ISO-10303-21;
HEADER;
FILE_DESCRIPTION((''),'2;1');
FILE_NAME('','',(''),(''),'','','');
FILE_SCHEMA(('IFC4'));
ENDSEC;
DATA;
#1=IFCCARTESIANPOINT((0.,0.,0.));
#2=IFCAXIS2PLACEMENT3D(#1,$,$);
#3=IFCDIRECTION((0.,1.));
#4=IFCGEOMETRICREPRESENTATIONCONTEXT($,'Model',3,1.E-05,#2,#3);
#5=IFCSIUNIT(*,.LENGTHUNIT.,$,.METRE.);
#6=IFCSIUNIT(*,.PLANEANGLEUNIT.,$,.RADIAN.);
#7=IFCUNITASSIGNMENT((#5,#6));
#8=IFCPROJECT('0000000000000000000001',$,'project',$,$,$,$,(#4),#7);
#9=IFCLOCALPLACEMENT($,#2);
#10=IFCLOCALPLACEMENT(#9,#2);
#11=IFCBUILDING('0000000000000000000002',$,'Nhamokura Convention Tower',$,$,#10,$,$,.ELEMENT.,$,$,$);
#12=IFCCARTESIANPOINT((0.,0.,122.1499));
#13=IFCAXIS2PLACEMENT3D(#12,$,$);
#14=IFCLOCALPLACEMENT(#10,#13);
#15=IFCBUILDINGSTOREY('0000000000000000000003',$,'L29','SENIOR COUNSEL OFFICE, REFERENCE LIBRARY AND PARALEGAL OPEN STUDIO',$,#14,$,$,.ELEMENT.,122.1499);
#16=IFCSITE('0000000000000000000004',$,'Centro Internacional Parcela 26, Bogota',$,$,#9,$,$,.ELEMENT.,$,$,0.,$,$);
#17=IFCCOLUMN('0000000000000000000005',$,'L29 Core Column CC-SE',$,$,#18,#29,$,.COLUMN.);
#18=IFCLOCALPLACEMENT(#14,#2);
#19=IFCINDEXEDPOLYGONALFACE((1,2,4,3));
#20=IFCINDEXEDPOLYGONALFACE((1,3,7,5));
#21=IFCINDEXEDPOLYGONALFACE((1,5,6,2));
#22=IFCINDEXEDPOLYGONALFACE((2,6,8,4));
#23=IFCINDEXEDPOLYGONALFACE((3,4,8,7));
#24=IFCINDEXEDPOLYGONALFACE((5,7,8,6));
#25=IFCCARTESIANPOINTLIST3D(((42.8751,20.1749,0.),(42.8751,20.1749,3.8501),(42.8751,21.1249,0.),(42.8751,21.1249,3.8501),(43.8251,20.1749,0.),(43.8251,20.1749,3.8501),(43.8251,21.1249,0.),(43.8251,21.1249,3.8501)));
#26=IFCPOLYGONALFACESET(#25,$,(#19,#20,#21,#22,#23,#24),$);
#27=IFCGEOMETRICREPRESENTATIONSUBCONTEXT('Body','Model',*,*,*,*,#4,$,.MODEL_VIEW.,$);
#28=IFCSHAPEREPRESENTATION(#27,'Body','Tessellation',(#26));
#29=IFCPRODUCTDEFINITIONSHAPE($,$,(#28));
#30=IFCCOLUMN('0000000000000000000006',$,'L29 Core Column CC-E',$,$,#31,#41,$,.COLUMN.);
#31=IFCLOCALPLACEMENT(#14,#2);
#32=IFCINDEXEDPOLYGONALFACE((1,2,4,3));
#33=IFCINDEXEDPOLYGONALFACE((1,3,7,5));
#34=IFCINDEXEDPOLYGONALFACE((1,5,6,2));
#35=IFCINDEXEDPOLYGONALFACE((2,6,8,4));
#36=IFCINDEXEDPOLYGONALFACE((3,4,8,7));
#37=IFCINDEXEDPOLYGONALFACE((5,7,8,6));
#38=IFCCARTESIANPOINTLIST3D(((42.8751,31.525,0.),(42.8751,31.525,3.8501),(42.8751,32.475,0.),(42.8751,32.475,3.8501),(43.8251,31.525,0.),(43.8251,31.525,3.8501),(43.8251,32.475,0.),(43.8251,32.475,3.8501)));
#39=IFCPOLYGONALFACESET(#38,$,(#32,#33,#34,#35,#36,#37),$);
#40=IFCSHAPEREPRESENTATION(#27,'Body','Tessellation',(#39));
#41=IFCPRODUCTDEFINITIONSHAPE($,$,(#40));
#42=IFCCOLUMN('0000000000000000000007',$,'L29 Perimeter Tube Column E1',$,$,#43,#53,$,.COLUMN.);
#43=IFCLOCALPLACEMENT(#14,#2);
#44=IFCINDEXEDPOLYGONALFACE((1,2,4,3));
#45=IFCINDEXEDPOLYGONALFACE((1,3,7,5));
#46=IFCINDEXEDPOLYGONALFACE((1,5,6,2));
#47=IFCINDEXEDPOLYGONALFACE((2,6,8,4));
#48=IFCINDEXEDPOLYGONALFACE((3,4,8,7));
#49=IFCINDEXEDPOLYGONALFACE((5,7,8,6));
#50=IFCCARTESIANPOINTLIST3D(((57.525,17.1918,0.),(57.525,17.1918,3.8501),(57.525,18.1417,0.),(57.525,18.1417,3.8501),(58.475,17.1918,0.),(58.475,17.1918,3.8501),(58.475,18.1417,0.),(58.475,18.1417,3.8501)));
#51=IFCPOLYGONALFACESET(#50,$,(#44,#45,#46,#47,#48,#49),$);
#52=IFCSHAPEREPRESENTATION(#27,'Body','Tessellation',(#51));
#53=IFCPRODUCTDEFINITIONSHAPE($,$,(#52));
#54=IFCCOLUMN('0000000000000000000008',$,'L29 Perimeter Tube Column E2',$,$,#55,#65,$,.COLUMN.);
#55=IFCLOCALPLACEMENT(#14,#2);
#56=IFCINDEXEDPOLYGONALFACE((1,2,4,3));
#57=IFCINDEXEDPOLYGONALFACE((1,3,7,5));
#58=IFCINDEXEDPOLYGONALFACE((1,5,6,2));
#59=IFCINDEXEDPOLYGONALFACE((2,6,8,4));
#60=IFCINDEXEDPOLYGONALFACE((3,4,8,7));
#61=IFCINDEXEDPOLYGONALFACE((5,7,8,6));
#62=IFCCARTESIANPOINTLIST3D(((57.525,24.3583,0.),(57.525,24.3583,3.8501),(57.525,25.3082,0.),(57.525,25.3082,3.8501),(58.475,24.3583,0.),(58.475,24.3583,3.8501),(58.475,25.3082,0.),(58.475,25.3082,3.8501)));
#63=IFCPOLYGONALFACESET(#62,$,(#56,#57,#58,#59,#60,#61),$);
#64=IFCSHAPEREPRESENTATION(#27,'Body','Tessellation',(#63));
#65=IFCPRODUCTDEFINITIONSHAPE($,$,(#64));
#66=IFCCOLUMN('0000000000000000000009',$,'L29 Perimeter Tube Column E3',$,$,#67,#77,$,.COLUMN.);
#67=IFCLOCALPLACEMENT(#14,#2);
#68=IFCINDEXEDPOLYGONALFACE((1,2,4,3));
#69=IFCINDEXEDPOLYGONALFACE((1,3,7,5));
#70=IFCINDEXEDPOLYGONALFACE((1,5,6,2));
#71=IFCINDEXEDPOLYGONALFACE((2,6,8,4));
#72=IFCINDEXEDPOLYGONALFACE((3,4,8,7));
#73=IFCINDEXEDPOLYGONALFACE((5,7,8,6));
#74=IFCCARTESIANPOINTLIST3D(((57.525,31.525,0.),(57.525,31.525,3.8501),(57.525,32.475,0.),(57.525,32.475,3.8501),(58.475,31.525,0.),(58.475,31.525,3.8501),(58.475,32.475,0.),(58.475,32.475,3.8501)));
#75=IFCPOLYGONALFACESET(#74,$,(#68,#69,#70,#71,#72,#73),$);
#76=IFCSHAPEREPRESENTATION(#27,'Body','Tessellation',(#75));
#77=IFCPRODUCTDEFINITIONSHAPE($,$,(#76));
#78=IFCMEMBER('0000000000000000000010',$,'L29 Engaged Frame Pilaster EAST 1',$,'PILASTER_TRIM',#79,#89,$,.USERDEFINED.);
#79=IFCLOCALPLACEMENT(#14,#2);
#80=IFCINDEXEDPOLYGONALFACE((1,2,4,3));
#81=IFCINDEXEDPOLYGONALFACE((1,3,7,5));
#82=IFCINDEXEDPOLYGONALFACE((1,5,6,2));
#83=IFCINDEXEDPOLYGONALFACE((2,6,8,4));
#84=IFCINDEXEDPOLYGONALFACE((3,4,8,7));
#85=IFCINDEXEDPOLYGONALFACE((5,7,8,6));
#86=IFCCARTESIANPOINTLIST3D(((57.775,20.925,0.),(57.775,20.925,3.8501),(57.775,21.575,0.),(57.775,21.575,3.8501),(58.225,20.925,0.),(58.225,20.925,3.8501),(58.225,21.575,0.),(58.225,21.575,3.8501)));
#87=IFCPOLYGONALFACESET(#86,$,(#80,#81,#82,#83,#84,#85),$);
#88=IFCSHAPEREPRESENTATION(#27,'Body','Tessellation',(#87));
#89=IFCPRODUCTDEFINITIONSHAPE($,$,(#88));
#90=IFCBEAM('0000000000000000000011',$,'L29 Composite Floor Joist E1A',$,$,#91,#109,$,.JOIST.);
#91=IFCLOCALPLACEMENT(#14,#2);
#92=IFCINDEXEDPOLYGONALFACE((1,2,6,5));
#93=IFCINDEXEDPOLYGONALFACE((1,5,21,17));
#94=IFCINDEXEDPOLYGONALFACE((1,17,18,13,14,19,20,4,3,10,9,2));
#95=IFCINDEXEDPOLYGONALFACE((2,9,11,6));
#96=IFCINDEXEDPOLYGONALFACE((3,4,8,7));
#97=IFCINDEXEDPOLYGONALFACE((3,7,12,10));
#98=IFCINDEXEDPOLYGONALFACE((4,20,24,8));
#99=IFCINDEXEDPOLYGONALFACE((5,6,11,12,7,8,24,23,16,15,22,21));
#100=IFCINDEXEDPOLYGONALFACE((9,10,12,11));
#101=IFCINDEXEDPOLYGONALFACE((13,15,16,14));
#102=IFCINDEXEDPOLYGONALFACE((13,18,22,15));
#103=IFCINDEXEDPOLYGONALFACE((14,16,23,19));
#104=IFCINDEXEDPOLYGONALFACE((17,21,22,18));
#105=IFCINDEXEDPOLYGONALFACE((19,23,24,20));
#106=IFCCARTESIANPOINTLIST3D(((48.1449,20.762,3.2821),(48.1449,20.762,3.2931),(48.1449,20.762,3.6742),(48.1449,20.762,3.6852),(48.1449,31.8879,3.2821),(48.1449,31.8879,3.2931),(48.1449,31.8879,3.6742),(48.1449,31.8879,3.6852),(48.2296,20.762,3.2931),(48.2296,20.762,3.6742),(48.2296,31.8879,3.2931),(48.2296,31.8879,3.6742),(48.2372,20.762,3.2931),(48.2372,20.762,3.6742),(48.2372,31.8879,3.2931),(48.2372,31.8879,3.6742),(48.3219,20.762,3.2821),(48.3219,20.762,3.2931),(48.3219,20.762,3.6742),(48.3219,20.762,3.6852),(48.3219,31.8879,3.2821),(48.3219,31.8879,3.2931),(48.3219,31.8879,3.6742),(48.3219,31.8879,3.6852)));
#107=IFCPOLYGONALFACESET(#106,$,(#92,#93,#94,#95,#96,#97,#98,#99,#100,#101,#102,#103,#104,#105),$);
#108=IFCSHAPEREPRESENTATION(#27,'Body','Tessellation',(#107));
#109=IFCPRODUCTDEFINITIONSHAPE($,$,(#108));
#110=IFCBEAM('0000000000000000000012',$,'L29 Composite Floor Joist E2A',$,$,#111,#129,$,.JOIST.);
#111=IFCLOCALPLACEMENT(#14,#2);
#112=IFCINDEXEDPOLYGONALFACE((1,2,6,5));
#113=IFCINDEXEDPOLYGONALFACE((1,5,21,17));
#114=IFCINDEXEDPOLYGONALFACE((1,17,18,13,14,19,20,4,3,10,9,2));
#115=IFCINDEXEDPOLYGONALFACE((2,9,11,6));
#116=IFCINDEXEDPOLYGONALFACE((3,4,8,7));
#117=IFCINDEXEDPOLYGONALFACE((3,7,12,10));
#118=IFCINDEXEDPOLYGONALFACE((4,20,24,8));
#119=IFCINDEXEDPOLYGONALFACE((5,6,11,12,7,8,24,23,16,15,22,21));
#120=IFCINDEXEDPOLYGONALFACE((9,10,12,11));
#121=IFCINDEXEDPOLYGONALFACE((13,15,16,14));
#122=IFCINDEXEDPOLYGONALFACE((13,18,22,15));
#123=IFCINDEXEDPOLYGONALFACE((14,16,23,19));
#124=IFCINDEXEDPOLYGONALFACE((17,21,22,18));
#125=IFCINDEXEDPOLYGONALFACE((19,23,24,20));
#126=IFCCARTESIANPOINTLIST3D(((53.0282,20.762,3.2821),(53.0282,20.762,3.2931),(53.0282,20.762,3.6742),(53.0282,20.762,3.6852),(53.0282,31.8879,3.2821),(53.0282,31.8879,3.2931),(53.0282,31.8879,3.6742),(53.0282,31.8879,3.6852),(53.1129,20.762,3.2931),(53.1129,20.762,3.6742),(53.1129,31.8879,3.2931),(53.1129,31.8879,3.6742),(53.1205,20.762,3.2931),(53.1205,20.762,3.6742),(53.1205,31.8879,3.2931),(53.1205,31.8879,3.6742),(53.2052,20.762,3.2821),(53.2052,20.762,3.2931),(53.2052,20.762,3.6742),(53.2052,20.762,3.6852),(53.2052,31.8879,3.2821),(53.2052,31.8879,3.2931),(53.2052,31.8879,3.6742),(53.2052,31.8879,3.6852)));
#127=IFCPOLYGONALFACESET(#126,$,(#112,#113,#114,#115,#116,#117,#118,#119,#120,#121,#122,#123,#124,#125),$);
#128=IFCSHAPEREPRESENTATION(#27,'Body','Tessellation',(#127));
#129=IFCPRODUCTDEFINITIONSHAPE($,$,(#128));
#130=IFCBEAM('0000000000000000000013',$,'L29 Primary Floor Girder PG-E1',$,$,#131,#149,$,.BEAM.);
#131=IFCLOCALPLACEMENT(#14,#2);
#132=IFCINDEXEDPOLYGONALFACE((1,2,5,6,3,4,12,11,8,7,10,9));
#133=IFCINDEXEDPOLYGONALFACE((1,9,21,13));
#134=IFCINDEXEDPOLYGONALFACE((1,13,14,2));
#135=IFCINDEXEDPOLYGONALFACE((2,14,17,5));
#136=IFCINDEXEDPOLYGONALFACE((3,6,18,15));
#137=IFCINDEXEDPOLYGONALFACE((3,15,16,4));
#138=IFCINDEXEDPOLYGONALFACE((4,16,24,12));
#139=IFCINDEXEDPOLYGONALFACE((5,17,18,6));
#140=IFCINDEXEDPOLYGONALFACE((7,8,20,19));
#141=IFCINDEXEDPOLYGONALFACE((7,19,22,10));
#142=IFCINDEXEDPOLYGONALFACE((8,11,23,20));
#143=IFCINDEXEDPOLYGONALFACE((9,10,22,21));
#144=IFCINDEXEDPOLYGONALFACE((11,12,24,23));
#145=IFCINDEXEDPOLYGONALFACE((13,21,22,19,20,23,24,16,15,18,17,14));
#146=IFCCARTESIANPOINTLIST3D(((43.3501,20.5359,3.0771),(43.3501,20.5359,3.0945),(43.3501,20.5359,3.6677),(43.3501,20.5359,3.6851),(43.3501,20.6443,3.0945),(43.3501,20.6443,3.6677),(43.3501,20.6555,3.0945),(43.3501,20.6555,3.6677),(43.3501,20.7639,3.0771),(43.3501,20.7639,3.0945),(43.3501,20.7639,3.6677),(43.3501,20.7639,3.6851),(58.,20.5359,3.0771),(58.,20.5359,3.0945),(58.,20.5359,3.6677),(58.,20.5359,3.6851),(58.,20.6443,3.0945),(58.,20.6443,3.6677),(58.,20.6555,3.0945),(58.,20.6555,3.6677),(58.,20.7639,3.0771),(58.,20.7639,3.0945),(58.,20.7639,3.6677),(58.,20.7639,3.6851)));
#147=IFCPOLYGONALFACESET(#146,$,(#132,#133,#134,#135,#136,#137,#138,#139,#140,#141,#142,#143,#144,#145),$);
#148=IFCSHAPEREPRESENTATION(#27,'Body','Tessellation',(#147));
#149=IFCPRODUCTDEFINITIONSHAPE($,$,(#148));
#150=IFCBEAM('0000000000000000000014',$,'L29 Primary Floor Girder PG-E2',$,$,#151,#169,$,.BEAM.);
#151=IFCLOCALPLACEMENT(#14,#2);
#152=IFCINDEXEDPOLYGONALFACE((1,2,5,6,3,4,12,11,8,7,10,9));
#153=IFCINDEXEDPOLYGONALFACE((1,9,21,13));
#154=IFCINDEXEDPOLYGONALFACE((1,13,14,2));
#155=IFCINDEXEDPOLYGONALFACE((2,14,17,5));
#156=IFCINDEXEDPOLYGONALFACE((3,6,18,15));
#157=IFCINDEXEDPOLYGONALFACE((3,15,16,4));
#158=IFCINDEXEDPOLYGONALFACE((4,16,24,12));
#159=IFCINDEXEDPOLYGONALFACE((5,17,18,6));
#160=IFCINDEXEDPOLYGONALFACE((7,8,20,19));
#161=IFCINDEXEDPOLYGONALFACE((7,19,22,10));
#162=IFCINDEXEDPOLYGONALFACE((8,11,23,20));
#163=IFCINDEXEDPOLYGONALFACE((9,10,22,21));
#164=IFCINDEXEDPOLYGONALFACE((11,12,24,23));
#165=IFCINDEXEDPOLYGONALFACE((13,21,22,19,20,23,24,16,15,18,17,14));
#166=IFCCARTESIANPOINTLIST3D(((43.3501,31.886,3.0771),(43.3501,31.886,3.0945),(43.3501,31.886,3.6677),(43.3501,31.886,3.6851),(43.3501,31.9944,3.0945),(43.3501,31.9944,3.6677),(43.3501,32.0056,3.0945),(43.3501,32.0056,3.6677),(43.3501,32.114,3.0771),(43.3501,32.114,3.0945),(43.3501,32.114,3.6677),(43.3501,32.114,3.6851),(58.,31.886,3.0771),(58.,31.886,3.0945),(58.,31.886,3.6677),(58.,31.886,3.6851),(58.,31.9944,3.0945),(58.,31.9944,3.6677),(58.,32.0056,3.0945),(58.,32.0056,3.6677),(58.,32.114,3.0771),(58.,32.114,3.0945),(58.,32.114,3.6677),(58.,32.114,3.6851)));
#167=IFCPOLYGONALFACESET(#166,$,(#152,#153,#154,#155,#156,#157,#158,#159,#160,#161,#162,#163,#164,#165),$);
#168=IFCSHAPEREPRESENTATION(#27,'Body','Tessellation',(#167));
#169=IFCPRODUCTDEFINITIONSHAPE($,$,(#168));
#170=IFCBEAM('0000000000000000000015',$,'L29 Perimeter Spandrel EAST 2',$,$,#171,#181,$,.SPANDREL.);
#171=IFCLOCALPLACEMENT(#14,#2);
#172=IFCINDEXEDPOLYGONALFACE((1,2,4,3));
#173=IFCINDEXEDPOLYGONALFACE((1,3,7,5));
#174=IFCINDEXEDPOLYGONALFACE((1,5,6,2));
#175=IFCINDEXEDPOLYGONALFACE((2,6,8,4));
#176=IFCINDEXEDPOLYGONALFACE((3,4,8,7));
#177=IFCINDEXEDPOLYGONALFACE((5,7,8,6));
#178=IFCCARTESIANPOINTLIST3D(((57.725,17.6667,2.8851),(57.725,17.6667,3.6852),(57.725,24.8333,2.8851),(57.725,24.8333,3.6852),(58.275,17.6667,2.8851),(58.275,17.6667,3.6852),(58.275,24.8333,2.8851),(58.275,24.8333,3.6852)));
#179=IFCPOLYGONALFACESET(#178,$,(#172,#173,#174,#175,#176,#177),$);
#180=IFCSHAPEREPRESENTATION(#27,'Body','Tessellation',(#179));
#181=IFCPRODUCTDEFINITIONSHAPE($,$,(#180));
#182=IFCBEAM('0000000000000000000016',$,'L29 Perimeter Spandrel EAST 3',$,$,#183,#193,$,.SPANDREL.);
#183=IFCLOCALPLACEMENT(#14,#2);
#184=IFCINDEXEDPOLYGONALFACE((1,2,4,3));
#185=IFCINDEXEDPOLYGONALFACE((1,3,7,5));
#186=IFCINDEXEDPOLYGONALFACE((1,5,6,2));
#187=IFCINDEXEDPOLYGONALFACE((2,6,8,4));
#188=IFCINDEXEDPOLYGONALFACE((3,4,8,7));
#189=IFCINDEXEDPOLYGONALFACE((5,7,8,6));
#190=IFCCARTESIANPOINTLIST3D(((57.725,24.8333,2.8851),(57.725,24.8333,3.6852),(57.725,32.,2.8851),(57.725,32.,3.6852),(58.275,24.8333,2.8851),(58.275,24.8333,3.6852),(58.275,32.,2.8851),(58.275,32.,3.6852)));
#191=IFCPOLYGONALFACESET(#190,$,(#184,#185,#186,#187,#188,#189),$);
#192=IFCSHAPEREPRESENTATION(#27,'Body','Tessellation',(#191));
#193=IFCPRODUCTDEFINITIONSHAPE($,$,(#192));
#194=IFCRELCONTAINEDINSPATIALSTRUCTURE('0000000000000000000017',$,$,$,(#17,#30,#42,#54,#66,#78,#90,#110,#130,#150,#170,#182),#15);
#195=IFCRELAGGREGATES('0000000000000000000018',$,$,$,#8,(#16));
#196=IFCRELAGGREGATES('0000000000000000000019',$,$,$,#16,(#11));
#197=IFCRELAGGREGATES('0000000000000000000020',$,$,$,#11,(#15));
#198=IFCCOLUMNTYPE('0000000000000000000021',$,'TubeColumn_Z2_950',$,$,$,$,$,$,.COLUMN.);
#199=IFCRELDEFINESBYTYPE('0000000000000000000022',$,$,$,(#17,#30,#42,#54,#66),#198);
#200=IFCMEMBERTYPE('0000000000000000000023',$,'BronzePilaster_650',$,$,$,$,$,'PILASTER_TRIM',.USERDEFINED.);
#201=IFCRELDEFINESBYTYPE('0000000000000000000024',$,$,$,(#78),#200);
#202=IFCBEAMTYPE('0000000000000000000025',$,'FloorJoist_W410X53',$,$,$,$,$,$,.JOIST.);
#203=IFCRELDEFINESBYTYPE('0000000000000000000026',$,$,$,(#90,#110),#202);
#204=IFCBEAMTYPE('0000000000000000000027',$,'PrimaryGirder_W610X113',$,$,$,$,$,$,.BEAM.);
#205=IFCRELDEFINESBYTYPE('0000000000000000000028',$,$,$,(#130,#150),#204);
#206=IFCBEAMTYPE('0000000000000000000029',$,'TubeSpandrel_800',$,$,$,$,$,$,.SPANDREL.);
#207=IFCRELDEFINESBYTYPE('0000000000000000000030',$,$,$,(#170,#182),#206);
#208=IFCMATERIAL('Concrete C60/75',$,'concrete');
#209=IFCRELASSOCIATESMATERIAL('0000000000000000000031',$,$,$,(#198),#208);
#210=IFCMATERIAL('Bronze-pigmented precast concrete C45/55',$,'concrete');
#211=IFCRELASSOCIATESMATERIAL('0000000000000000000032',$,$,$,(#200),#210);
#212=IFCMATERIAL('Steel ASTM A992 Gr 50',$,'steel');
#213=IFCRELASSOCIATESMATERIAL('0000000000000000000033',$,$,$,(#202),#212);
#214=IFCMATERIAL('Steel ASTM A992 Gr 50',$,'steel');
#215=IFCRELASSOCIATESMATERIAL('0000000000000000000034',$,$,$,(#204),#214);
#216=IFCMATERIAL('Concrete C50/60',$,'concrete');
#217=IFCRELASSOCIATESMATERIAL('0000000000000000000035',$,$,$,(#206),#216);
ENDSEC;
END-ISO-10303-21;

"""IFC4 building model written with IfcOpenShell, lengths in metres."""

from ifc_helpers import new_model, si_unit, direction, frame, origin, origin_2d, place, context, subcontext, project, spatial, rectangle, i_section, extrude, material, material_profile, profile_set, type_object, element, save


model = new_model("IFC4")

# Units and contexts
model_context = context("Model", 3, precision=1e-05, world=origin(), true_north=direction((0.0, 1.0)))
body_context = subcontext(model_context, "Body", "Model", "MODEL_VIEW")
ifc_project = project(units=[si_unit("LENGTHUNIT", "METRE"), si_unit("PLANEANGLEUNIT", "RADIAN")], contexts=[model_context])

# Site, building, storey
site_placement = place(None, origin())
site = spatial("IfcSite", under=ifc_project, at=site_placement, Name="Centro Internacional Parcela 26, Bogota", CompositionType="ELEMENT", RefElevation=0.0)
building_placement = place(site_placement, origin())
building = spatial("IfcBuilding", under=site, at=building_placement, Name="Nhamokura Convention Tower", CompositionType="ELEMENT")
storey_placement = place(building_placement, frame((0.0, 0.0, 122.1499)))
storey = spatial("IfcBuildingStorey", under=building, at=storey_placement, Name="L29", Description="SENIOR COUNSEL OFFICE, REFERENCE LIBRARY AND PARALEGAL OPEN STUDIO", CompositionType="ELEMENT", Elevation=122.1499)

# Columns
ifc_material_1 = material(Name="Concrete C60/75", Category="concrete")
ifc_material_profile_1 = material_profile(ifc_material_1, rectangle(XDim=0.95, YDim=0.95, at=origin_2d()))
ifc_profile_set_1 = profile_set([ifc_material_profile_1], Name="Concrete C60/75")
column_type = type_object("IfcColumnType", Name="TubeColumn_Z2_950", PredefinedType="COLUMN", material=ifc_profile_set_1)
for number, where, z_axis, x_axis, name in (
    (1, (43.3501, 20.6499, 0.0), (0.0, 0.0, 1.0), (1.0, 0.0, 0.0), "L29 Core Column CC-SE"),
    (2, (43.3501, 32.0, 0.0), (0.0, 0.0, 1.0), (1.0, 0.0, 0.0), "L29 Core Column CC-E"),
    (3, (58.0, 17.6667, 0.0), (0.0, 0.0, 1.0), (1.0, 0.0, 0.0), "L29 Perimeter Tube Column E1"),
    (4, (58.0, 24.8333, 0.0), (0.0, 0.0, 1.0), (1.0, 0.0, 0.0), "L29 Perimeter Tube Column E2"),
    (5, (58.0, 32.0, 0.0), (0.0, 0.0, 1.0), (1.0, 0.0, 0.0), "L29 Perimeter Tube Column E3"),
):
    element("IfcColumn", number, at=place(storey_placement, frame(where, z_axis=z_axis, x_axis=x_axis)), inside=storey, type_object=column_type, Name=name, PredefinedType="COLUMN", context=body_context, shape_type="SweptSolid", body=[
        extrude(rectangle(XDim=0.95, YDim=0.95, at=origin_2d()), origin(), (0.0, 0.0, 1.0), 3.8501),
    ])

# Member
ifc_material_2 = material(Name="Bronze-pigmented precast concrete C45/55", Category="concrete")
ifc_material_profile_2 = material_profile(ifc_material_2, rectangle(XDim=0.45, YDim=0.6499, at=origin_2d()))
ifc_profile_set_2 = profile_set([ifc_material_profile_2], Name="Bronze-pigmented precast concrete C45/55")
member_type = type_object("IfcMemberType", Name="BronzePilaster_650", ElementType="PILASTER_TRIM", PredefinedType="USERDEFINED", material=ifc_profile_set_2)
member_placement = place(storey_placement, frame((58.0, 21.25, 0.0), z_axis=(0.0, 0.0, 1.0), x_axis=(1.0, 0.0, 0.0)))
element("IfcMember", 6, at=member_placement, inside=storey, type_object=member_type, Name="L29 Engaged Frame Pilaster EAST 1", ObjectType="PILASTER_TRIM", PredefinedType="USERDEFINED", context=body_context, shape_type="SweptSolid", body=[
    extrude(rectangle(XDim=0.45, YDim=0.6499, at=origin_2d()), origin(), (0.0, 0.0, 1.0), 3.8501),
])

# Beams
ifc_material_3 = material(Name="Steel ASTM A992 Gr 50", Category="steel")
ifc_material_profile_3 = material_profile(ifc_material_3, i_section(OverallWidth=0.177, OverallDepth=0.4031, WebThickness=0.0076, FlangeThickness=0.011, at=origin_2d()))
ifc_profile_set_3 = profile_set([ifc_material_profile_3], Name="Steel ASTM A992 Gr 50")
beam_type_1 = type_object("IfcBeamType", Name="FloorJoist_W410X53", PredefinedType="JOIST", material=ifc_profile_set_3)
for number, where, z_axis, x_axis, name in (
    (7, (48.2334, 20.762, 3.4836), (0.0, 1.0, 0.0), (-1.0, 0.0, 0.0), "L29 Composite Floor Joist E1A"),
    (8, (53.1167, 20.762, 3.4836), (0.0, 1.0, 0.0), (-1.0, 0.0, 0.0), "L29 Composite Floor Joist E2A"),
):
    element("IfcBeam", number, at=place(storey_placement, frame(where, z_axis=z_axis, x_axis=x_axis)), inside=storey, type_object=beam_type_1, Name=name, PredefinedType="JOIST", context=body_context, shape_type="SweptSolid", body=[
        extrude(i_section(OverallWidth=0.177, OverallDepth=0.4031, WebThickness=0.0076, FlangeThickness=0.011, at=origin_2d()), origin(), (0.0, 0.0, 1.0), 11.126),
    ])
ifc_material_4 = material(Name="Steel ASTM A992 Gr 50", Category="steel")
ifc_material_profile_4 = material_profile(ifc_material_4, i_section(OverallWidth=0.228, OverallDepth=0.6079, WebThickness=0.0112, FlangeThickness=0.0173, at=origin_2d()))
ifc_profile_set_4 = profile_set([ifc_material_profile_4], Name="Steel ASTM A992 Gr 50")
beam_type_2 = type_object("IfcBeamType", Name="PrimaryGirder_W610X113", PredefinedType="BEAM", material=ifc_profile_set_4)
for number, where, z_axis, x_axis, name in (
    (9, (43.3501, 20.6499, 3.3811), (1.0, 0.0, 0.0), (0.0, 1.0, 0.0), "L29 Primary Floor Girder PG-E1"),
    (10, (43.3501, 32.0, 3.3811), (1.0, 0.0, 0.0), (0.0, 1.0, 0.0), "L29 Primary Floor Girder PG-E2"),
):
    element("IfcBeam", number, at=place(storey_placement, frame(where, z_axis=z_axis, x_axis=x_axis)), inside=storey, type_object=beam_type_2, Name=name, PredefinedType="BEAM", context=body_context, shape_type="SweptSolid", body=[
        extrude(i_section(OverallWidth=0.228, OverallDepth=0.6079, WebThickness=0.0112, FlangeThickness=0.0173, at=origin_2d()), origin(), (0.0, 0.0, 1.0), 14.6499),
    ])
ifc_material_5 = material(Name="Concrete C50/60", Category="concrete")
ifc_material_profile_5 = material_profile(ifc_material_5, rectangle(XDim=0.55, YDim=0.8, at=origin_2d()))
ifc_profile_set_5 = profile_set([ifc_material_profile_5], Name="Concrete C50/60")
beam_type_3 = type_object("IfcBeamType", Name="TubeSpandrel_800", PredefinedType="SPANDREL", material=ifc_profile_set_5)
beam_1_placement = place(storey_placement, frame((58.0, 17.6667, 3.2852), z_axis=(0.0, 1.0, 0.0), x_axis=(-1.0, 0.0, 0.0)))
element("IfcBeam", 11, at=beam_1_placement, inside=storey, type_object=beam_type_3, Name="L29 Perimeter Spandrel EAST 2", PredefinedType="SPANDREL", context=body_context, shape_type="SweptSolid", body=[
    extrude(rectangle(XDim=0.55, YDim=0.8, at=origin_2d()), origin(), (0.0, 0.0, 1.0), 7.1665),
])
beam_2_placement = place(storey_placement, frame((58.0, 24.8333, 3.2852), z_axis=(0.0, 1.0, 0.0), x_axis=(-1.0, 0.0, 0.0)))
element("IfcBeam", 12, at=beam_2_placement, inside=storey, type_object=beam_type_3, Name="L29 Perimeter Spandrel EAST 3", PredefinedType="SPANDREL", context=body_context, shape_type="SweptSolid", body=[
    extrude(rectangle(XDim=0.55, YDim=0.8, at=origin_2d()), origin(), (0.0, 0.0, 1.0), 7.1667),
])

save(model, "model.ifc")
